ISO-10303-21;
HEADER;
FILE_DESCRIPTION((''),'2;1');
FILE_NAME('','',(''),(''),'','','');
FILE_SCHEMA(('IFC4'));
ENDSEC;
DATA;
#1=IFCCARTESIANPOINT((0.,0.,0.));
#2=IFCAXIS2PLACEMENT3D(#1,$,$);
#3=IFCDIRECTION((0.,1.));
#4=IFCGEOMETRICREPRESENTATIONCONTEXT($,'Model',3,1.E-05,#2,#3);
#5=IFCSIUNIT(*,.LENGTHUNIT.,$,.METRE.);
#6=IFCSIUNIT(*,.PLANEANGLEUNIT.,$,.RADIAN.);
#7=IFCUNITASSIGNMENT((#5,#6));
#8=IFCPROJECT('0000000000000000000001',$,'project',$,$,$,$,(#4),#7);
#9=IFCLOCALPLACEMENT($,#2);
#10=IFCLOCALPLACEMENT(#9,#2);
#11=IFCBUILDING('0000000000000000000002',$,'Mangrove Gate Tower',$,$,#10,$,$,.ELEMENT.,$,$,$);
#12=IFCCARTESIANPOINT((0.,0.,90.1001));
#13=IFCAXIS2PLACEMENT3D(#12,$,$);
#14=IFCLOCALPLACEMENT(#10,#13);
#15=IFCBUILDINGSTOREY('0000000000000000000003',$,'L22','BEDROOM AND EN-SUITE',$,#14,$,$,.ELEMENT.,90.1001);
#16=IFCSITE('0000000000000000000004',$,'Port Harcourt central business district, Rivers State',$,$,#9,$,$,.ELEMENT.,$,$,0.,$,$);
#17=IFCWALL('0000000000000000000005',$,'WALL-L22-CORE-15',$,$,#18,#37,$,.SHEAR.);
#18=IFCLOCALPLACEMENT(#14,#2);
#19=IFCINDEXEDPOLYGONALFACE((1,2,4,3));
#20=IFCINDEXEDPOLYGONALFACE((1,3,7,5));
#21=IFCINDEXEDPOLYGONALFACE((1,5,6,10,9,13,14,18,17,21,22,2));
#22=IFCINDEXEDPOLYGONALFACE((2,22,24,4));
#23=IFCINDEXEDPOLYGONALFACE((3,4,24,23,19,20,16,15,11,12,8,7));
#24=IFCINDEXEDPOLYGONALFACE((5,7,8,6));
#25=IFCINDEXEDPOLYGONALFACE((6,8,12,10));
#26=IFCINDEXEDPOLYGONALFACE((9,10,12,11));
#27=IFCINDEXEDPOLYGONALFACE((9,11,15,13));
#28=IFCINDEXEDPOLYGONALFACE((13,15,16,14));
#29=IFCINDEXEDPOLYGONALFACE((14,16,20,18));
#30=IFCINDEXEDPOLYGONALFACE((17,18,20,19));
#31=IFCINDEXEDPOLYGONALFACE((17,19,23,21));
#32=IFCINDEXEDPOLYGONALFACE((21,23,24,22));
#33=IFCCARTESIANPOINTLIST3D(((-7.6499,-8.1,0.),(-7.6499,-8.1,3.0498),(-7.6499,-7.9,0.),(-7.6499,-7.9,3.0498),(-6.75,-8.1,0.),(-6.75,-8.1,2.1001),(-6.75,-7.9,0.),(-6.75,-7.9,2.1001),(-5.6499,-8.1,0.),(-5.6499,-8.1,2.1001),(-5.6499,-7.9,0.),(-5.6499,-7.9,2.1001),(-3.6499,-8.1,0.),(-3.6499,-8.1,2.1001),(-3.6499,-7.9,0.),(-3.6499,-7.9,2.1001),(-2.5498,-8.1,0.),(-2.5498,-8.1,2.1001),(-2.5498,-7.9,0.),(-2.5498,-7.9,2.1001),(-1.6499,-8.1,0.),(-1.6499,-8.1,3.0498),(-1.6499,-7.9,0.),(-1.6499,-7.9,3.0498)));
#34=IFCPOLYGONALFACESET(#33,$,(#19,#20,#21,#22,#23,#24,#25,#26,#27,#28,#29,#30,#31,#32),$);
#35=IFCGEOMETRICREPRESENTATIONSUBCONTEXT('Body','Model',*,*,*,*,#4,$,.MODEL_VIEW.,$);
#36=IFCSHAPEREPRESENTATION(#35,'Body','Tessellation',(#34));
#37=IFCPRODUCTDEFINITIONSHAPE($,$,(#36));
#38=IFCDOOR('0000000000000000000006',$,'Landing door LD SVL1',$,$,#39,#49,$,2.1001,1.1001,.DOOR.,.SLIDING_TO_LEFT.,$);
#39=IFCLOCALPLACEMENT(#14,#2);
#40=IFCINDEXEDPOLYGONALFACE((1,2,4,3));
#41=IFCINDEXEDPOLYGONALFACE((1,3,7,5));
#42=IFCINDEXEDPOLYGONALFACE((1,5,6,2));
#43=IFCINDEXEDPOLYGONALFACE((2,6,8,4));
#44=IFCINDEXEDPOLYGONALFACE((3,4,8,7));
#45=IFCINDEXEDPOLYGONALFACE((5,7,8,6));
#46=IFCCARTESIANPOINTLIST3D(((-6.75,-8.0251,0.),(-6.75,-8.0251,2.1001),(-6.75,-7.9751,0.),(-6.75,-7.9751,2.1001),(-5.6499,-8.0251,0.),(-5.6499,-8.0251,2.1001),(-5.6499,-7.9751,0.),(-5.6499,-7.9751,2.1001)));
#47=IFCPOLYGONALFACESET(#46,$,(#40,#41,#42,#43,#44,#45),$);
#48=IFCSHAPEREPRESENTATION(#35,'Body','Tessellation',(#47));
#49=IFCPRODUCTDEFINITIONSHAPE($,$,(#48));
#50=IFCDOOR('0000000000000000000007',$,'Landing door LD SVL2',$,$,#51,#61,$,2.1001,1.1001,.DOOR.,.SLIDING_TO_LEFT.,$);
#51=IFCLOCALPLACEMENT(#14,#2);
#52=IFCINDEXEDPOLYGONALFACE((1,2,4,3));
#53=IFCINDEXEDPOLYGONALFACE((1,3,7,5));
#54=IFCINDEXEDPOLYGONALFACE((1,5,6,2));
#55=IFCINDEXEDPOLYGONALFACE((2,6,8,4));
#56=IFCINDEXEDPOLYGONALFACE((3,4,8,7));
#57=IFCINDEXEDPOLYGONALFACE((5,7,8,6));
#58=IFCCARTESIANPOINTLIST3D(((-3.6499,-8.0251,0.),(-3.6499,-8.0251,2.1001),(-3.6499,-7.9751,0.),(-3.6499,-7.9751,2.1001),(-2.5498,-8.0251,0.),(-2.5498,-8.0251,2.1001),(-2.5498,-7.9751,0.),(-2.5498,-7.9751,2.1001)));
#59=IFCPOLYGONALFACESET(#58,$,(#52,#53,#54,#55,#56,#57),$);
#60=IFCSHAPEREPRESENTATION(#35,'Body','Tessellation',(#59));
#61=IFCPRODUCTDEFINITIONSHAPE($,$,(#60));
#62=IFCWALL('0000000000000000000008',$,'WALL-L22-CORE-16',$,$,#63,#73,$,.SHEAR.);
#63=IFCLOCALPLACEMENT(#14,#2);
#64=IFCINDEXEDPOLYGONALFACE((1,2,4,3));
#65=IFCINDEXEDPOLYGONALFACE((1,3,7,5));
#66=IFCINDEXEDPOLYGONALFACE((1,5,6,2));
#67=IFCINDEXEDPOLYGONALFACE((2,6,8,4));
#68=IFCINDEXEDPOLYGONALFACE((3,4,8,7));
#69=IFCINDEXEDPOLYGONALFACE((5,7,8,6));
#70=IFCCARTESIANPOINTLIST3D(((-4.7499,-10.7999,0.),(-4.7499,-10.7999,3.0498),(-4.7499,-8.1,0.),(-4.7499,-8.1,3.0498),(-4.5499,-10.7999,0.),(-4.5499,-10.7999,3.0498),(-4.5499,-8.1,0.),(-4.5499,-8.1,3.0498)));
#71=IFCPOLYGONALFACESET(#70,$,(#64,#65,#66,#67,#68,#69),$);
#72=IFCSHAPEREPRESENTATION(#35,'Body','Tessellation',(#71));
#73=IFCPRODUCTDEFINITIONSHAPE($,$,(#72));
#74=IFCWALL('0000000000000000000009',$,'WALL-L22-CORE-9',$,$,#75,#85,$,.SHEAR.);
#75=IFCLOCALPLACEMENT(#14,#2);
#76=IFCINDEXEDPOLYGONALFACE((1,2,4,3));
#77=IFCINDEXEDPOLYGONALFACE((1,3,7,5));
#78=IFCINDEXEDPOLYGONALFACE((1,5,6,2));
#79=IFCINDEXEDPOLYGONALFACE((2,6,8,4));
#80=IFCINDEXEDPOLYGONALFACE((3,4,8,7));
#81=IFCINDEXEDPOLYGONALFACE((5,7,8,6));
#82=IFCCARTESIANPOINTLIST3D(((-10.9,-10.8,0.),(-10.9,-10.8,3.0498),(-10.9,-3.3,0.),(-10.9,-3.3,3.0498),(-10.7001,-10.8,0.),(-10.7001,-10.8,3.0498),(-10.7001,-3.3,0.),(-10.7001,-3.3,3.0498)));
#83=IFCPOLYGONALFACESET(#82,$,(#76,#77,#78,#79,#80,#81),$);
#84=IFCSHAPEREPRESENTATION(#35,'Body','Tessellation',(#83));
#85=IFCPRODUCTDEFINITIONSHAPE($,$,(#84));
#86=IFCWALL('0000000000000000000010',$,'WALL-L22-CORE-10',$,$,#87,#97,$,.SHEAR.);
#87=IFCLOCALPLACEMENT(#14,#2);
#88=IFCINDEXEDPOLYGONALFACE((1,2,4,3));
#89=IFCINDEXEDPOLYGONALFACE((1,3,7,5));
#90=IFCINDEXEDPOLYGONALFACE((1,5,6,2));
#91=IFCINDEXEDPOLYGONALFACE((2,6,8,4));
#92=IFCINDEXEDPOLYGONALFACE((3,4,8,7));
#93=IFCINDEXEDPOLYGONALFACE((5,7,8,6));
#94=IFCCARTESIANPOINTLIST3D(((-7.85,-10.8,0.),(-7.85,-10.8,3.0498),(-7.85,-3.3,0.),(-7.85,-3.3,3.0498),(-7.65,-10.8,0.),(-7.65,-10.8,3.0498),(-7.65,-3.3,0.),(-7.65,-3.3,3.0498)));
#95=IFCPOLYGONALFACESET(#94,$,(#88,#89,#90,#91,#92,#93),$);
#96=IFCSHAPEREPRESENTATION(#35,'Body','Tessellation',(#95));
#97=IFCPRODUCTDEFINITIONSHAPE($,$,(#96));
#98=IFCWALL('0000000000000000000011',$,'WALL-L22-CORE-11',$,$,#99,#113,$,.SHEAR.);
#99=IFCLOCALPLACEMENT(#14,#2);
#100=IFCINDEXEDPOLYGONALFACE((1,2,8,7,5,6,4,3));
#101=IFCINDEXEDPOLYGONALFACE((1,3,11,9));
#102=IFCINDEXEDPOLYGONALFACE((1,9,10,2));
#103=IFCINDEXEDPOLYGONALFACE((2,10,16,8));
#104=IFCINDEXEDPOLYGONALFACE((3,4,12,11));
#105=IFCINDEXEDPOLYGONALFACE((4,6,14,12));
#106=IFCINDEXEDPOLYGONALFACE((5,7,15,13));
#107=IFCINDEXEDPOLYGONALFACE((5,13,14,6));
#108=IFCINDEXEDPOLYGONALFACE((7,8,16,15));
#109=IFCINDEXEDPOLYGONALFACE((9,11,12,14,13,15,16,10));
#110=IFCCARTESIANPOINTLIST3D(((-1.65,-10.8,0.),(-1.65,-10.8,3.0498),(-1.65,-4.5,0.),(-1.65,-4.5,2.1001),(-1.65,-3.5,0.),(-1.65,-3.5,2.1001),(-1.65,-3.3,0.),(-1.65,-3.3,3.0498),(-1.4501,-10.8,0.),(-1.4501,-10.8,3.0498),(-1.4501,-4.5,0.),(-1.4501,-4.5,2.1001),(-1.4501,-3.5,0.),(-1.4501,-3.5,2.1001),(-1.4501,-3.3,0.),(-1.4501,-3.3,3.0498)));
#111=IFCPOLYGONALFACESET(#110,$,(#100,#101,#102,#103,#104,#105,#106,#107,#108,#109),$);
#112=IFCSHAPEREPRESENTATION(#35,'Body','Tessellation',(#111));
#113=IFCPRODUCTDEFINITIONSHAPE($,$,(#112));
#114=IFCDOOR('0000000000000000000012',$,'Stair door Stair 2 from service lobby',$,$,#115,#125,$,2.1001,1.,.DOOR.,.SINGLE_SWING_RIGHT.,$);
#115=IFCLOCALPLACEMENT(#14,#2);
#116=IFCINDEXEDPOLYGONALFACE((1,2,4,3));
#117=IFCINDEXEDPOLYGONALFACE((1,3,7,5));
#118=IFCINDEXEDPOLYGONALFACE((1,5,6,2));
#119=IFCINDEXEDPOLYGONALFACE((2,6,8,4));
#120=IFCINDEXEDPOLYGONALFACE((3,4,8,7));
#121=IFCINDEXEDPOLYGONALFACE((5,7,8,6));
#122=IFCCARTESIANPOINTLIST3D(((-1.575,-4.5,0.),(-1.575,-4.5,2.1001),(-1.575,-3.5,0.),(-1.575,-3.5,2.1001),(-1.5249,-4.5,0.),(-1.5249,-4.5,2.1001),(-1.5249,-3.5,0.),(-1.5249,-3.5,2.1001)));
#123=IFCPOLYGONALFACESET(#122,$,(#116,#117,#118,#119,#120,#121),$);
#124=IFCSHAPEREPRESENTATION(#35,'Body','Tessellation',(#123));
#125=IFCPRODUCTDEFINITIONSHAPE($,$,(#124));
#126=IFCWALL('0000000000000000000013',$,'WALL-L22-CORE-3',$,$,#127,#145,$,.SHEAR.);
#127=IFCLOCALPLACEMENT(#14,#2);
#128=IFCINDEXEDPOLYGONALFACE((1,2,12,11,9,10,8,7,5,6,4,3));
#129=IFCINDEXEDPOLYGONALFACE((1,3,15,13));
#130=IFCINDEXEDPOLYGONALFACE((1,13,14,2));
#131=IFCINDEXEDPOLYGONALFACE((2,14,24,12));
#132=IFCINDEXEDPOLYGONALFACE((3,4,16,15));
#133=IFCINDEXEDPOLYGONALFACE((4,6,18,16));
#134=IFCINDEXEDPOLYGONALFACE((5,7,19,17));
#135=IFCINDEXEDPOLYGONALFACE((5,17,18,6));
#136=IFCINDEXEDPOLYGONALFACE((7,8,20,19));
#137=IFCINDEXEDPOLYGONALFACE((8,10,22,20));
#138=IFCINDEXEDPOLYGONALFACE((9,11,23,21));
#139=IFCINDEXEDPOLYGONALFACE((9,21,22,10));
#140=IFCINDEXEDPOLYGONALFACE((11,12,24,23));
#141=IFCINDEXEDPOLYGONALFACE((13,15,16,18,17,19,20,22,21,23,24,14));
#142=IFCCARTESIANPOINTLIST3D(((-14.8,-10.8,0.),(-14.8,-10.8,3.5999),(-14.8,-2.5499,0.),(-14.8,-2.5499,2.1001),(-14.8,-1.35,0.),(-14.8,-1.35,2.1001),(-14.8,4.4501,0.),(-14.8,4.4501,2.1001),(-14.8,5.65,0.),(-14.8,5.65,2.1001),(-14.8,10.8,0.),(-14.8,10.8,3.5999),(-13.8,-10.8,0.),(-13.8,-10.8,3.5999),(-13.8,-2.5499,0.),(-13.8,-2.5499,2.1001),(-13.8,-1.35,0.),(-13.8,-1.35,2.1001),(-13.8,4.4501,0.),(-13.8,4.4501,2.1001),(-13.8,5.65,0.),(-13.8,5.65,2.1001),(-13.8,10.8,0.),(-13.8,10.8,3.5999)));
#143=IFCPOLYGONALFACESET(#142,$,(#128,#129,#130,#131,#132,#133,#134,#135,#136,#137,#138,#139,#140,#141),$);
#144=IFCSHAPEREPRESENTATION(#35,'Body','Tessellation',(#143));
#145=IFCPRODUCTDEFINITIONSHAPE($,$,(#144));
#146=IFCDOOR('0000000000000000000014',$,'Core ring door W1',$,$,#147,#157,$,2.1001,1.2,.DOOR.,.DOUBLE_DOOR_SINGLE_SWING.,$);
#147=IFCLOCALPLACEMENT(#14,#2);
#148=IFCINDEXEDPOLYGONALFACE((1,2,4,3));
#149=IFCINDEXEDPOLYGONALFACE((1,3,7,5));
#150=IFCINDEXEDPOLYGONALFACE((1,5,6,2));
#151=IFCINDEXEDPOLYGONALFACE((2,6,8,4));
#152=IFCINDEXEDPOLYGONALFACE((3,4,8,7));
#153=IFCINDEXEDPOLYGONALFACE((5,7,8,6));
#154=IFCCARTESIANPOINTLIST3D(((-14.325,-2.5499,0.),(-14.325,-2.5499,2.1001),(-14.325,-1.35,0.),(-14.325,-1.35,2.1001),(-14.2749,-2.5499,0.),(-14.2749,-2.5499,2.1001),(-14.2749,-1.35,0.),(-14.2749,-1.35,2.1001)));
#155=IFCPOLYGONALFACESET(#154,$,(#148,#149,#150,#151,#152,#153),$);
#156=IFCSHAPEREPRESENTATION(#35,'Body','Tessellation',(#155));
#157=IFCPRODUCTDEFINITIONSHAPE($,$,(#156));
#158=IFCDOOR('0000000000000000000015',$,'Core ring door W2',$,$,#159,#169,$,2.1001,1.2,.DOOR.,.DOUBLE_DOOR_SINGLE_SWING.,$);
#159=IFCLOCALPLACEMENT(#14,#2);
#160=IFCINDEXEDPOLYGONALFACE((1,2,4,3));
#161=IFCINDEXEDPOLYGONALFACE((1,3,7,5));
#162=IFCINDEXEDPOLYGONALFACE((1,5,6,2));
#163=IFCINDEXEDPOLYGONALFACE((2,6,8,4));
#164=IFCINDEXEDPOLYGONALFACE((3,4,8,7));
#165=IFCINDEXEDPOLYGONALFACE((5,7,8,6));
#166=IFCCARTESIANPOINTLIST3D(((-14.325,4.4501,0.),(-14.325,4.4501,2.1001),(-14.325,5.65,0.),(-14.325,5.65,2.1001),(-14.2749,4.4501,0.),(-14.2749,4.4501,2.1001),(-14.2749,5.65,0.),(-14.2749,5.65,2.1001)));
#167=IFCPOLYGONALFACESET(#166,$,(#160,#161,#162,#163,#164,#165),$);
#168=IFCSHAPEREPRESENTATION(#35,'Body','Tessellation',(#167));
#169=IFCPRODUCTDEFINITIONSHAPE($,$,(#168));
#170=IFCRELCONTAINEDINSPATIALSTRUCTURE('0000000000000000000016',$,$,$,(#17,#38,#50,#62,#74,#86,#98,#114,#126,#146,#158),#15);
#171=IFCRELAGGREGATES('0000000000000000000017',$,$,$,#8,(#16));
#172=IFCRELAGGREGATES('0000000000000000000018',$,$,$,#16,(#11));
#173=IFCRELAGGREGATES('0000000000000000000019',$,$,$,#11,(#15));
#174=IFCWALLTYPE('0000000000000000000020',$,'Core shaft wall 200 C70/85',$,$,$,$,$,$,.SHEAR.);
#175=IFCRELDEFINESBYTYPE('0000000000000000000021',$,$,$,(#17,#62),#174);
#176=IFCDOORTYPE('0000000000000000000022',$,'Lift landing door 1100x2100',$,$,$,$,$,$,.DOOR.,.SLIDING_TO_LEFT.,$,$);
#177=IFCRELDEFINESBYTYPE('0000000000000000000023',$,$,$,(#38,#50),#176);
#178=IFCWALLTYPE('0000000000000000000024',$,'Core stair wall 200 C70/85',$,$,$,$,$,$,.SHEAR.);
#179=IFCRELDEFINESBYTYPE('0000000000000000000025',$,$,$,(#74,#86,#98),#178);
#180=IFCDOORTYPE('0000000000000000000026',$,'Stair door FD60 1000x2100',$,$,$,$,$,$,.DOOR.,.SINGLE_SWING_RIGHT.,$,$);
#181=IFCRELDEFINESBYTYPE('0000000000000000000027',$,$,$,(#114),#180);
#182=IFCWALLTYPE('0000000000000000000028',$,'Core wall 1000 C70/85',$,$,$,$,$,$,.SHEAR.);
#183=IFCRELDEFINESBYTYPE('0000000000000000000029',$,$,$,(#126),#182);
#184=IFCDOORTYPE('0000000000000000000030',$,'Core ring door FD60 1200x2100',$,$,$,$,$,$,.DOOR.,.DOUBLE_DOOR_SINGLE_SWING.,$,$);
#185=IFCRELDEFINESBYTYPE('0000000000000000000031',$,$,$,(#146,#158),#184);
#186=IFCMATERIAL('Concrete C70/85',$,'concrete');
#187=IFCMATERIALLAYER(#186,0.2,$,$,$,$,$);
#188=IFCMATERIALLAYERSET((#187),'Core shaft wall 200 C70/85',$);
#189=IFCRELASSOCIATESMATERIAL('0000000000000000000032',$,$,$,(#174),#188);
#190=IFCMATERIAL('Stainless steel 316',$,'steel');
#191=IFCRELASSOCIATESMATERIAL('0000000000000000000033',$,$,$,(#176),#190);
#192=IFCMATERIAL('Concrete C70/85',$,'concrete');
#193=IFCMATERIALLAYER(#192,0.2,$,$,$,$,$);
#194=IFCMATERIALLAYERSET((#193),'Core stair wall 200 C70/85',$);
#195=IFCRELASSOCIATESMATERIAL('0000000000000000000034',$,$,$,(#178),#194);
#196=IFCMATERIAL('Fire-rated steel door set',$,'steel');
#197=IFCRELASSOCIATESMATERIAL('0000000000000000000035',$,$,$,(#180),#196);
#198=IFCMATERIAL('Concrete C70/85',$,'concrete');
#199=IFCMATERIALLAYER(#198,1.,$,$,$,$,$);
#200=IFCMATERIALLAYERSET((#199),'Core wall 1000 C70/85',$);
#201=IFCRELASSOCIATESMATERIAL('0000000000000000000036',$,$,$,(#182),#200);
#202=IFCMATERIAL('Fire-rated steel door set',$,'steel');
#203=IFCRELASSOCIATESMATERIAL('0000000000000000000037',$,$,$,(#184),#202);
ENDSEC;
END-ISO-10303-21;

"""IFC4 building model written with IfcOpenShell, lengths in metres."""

from ifc_helpers import new_model, si_unit, direction, frame, frame_2d, origin, place, context, subcontext, project, spatial, rectangle, extrude, material, layer, layer_set, type_object, element, fill, save


model = new_model("IFC4")

# Units and contexts
model_context = context("Model", 3, precision=1e-05, world=origin(), true_north=direction((0.0, 1.0)))
body_context = subcontext(model_context, "Body", "Model", "MODEL_VIEW")
ifc_project = project(units=[si_unit("LENGTHUNIT", "METRE"), si_unit("PLANEANGLEUNIT", "RADIAN")], contexts=[model_context])

# Site, building, storey
site_placement = place(None, origin())
site = spatial("IfcSite", under=ifc_project, at=site_placement, Name="Port Harcourt central business district, Rivers State", CompositionType="ELEMENT", RefElevation=0.0)
building_placement = place(site_placement, origin())
building = spatial("IfcBuilding", under=site, at=building_placement, Name="Mangrove Gate Tower", CompositionType="ELEMENT")
storey_placement = place(building_placement, frame((0.0, 0.0, 90.1001)))
storey = spatial("IfcBuildingStorey", under=building, at=storey_placement, Name="L22", Description="BEDROOM AND EN-SUITE", CompositionType="ELEMENT", Elevation=90.1001)

# Wall, openings, doors
ifc_material_1 = material(Name="Concrete C70/85", Category="concrete")
ifc_layer_1 = layer(ifc_material_1, 0.2)
ifc_layer_set_1 = layer_set([ifc_layer_1], Name="Core shaft wall 200 C70/85")
wall_type_1 = type_object("IfcWallType", Name="Core shaft wall 200 C70/85", PredefinedType="SHEAR", material=ifc_layer_set_1)
wall_1_placement = place(storey_placement, frame((-7.6499, -8.0, 0.0), z_axis=(0.0, 0.0, 1.0), x_axis=(1.0, 0.0, 0.0)))
wall_1 = element("IfcWall", 1, at=wall_1_placement, inside=storey, type_object=wall_type_1, Name="WALL-L22-CORE-15", PredefinedType="SHEAR", context=body_context, shape_type="SweptSolid", body=[
    extrude(rectangle(XDim=6.0, YDim=0.2, at=frame_2d((3.0, 0.0))), origin(), (0.0, 0.0, 1.0), 3.0498),
])
opening_1_placement = place(wall_1_placement, frame((0.8999, 0.0, 0.0)))
opening_1 = element("IfcOpeningElement", 2, at=opening_1_placement, cuts=wall_1, PredefinedType="OPENING", context=body_context, shape_type="SweptSolid", body=[
    extrude(rectangle(XDim=1.1001, YDim=2.1001, at=frame_2d((0.55, 1.05))), frame((0.0, 0.1099, 0.0), z_axis=(0.0, -1.0, 0.0), x_axis=(1.0, 0.0, 0.0)), (0.0, 0.0, 1.0), 0.22),
])
opening_2_placement = place(wall_1_placement, frame((4.0, 0.0, 0.0)))
opening_2 = element("IfcOpeningElement", 3, at=opening_2_placement, cuts=wall_1, PredefinedType="OPENING", context=body_context, shape_type="SweptSolid", body=[
    extrude(rectangle(XDim=1.1001, YDim=2.1001, at=frame_2d((0.55, 1.05))), frame((0.0, 0.1099, 0.0), z_axis=(0.0, -1.0, 0.0), x_axis=(1.0, 0.0, 0.0)), (0.0, 0.0, 1.0), 0.22),
])
ifc_material_2 = material(Name="Stainless steel 316", Category="steel")
door_type_1 = type_object("IfcDoorType", Name="Lift landing door 1100x2100", OperationType="SLIDING_TO_LEFT", PredefinedType="DOOR", material=ifc_material_2)
door_1_placement = place(opening_1_placement, origin())
door_1 = element("IfcDoor", 4, at=door_1_placement, inside=storey, type_object=door_type_1, Name="Landing door LD SVL1", OperationType="SLIDING_TO_LEFT", OverallHeight=2.1001, OverallWidth=1.1001, PredefinedType="DOOR", context=body_context, shape_type="SweptSolid", body=[
    extrude(rectangle(XDim=1.1001, YDim=2.1001, at=frame_2d((0.55, 1.05))), frame((0.0, 0.0249, 0.0), z_axis=(0.0, -1.0, 0.0), x_axis=(1.0, 0.0, 0.0)), (0.0, 0.0, 1.0), 0.05),
])
fill(opening_1, door_1)
door_2_placement = place(opening_2_placement, origin())
door_2 = element("IfcDoor", 5, at=door_2_placement, inside=storey, type_object=door_type_1, Name="Landing door LD SVL2", OperationType="SLIDING_TO_LEFT", OverallHeight=2.1001, OverallWidth=1.1001, PredefinedType="DOOR", context=body_context, shape_type="SweptSolid", body=[
    extrude(rectangle(XDim=1.1001, YDim=2.1001, at=frame_2d((0.55, 1.05))), frame((0.0, 0.0249, 0.0), z_axis=(0.0, -1.0, 0.0), x_axis=(1.0, 0.0, 0.0)), (0.0, 0.0, 1.0), 0.05),
])
fill(opening_2, door_2)

# Walls
wall_2_placement = place(storey_placement, frame((-4.6499, -10.8, 0.0), z_axis=(0.0, 0.0, 1.0), x_axis=(0.0, 1.0, 0.0)))
element("IfcWall", 6, at=wall_2_placement, inside=storey, type_object=wall_type_1, Name="WALL-L22-CORE-16", PredefinedType="SHEAR", context=body_context, shape_type="SweptSolid", body=[
    extrude(rectangle(XDim=2.7, YDim=0.2, at=frame_2d((1.3501, 0.0))), origin(), (0.0, 0.0, 1.0), 3.0498),
])
ifc_material_3 = material(Name="Concrete C70/85", Category="concrete")
ifc_layer_2 = layer(ifc_material_3, 0.2)
ifc_layer_set_2 = layer_set([ifc_layer_2], Name="Core stair wall 200 C70/85")
wall_type_2 = type_object("IfcWallType", Name="Core stair wall 200 C70/85", PredefinedType="SHEAR", material=ifc_layer_set_2)
for number, where, z_axis, x_axis, name in (
    (7, (-10.8, -10.8, 0.0), (0.0, 0.0, 1.0), (0.0, 1.0, 0.0), "WALL-L22-CORE-9"),
    (8, (-7.75, -10.8, 0.0), (0.0, 0.0, 1.0), (0.0, 1.0, 0.0), "WALL-L22-CORE-10"),
):
    element("IfcWall", number, at=place(storey_placement, frame(where, z_axis=z_axis, x_axis=x_axis)), inside=storey, type_object=wall_type_2, Name=name, PredefinedType="SHEAR", context=body_context, shape_type="SweptSolid", body=[
        extrude(rectangle(XDim=7.5, YDim=0.2, at=frame_2d((3.75, 0.0))), origin(), (0.0, 0.0, 1.0), 3.0498),
    ])

# Wall, opening, door
wall_3_placement = place(storey_placement, frame((-1.55, -10.8, 0.0), z_axis=(0.0, 0.0, 1.0), x_axis=(0.0, 1.0, 0.0)))
wall_3 = element("IfcWall", 9, at=wall_3_placement, inside=storey, type_object=wall_type_2, Name="WALL-L22-CORE-11", PredefinedType="SHEAR", context=body_context, shape_type="SweptSolid", body=[
    extrude(rectangle(XDim=7.5, YDim=0.2, at=frame_2d((3.75, 0.0))), origin(), (0.0, 0.0, 1.0), 3.0498),
])
opening_3_placement = place(wall_3_placement, frame((6.3, 0.0, 0.0)))
opening_3 = element("IfcOpeningElement", 10, at=opening_3_placement, cuts=wall_3, PredefinedType="OPENING", context=body_context, shape_type="SweptSolid", body=[
    extrude(rectangle(XDim=1.0, YDim=2.1001, at=frame_2d((0.5, 1.05))), frame((0.0, 0.1099, 0.0), z_axis=(0.0, -1.0, 0.0), x_axis=(1.0, 0.0, 0.0)), (0.0, 0.0, 1.0), 0.22),
])
ifc_material_4 = material(Name="Fire-rated steel door set", Category="steel")
door_type_2 = type_object("IfcDoorType", Name="Stair door FD60 1000x2100", OperationType="SINGLE_SWING_RIGHT", PredefinedType="DOOR", material=ifc_material_4)
door_3_placement = place(opening_3_placement, origin())
door_3 = element("IfcDoor", 11, at=door_3_placement, inside=storey, type_object=door_type_2, Name="Stair door Stair 2 from service lobby", OperationType="SINGLE_SWING_RIGHT", OverallHeight=2.1001, OverallWidth=1.0, PredefinedType="DOOR", context=body_context, shape_type="SweptSolid", body=[
    extrude(rectangle(XDim=1.0, YDim=2.1001, at=frame_2d((0.5, 1.05))), frame((0.0, 0.0249, 0.0), z_axis=(0.0, -1.0, 0.0), x_axis=(1.0, 0.0, 0.0)), (0.0, 0.0, 1.0), 0.05),
])
fill(opening_3, door_3)

# Wall, openings, doors
ifc_material_5 = material(Name="Concrete C70/85", Category="concrete")
ifc_layer_3 = layer(ifc_material_5, 1.0)
ifc_layer_set_3 = layer_set([ifc_layer_3], Name="Core wall 1000 C70/85")
wall_type_3 = type_object("IfcWallType", Name="Core wall 1000 C70/85", PredefinedType="SHEAR", material=ifc_layer_set_3)
wall_4_placement = place(storey_placement, frame((-14.3, -10.8, 0.0), z_axis=(0.0, 0.0, 1.0), x_axis=(0.0, 1.0, 0.0)))
wall_4 = element("IfcWall", 12, at=wall_4_placement, inside=storey, type_object=wall_type_3, Name="WALL-L22-CORE-3", PredefinedType="SHEAR", context=body_context, shape_type="SweptSolid", body=[
    extrude(rectangle(XDim=21.6001, YDim=1.0, at=frame_2d((10.8, 0.0))), origin(), (0.0, 0.0, 1.0), 3.5999),
])
opening_4_placement = place(wall_4_placement, frame((8.25, 0.0, 0.0)))
opening_4 = element("IfcOpeningElement", 13, at=opening_4_placement, cuts=wall_4, PredefinedType="OPENING", context=body_context, shape_type="SweptSolid", body=[
    extrude(rectangle(XDim=1.2, YDim=2.1001, at=frame_2d((0.6001, 1.05))), frame((0.0, 0.51, 0.0), z_axis=(0.0, -1.0, 0.0), x_axis=(1.0, 0.0, 0.0)), (0.0, 0.0, 1.0), 1.02),
])
opening_5_placement = place(wall_4_placement, frame((15.25, 0.0, 0.0)))
opening_5 = element("IfcOpeningElement", 14, at=opening_5_placement, cuts=wall_4, PredefinedType="OPENING", context=body_context, shape_type="SweptSolid", body=[
    extrude(rectangle(XDim=1.2, YDim=2.1001, at=frame_2d((0.6001, 1.05))), frame((0.0, 0.51, 0.0), z_axis=(0.0, -1.0, 0.0), x_axis=(1.0, 0.0, 0.0)), (0.0, 0.0, 1.0), 1.02),
])
ifc_material_6 = material(Name="Fire-rated steel door set", Category="steel")
door_type_3 = type_object("IfcDoorType", Name="Core ring door FD60 1200x2100", OperationType="DOUBLE_DOOR_SINGLE_SWING", PredefinedType="DOOR", material=ifc_material_6)
door_4_placement = place(opening_4_placement, origin())
door_4 = element("IfcDoor", 15, at=door_4_placement, inside=storey, type_object=door_type_3, Name="Core ring door W1", OperationType="DOUBLE_DOOR_SINGLE_SWING", OverallHeight=2.1001, OverallWidth=1.2, PredefinedType="DOOR", context=body_context, shape_type="SweptSolid", body=[
    extrude(rectangle(XDim=1.2, YDim=2.1001, at=frame_2d((0.6001, 1.05))), frame((0.0, 0.0249, 0.0), z_axis=(0.0, -1.0, 0.0), x_axis=(1.0, 0.0, 0.0)), (0.0, 0.0, 1.0), 0.05),
])
fill(opening_4, door_4)
door_5_placement = place(opening_5_placement, origin())
door_5 = element("IfcDoor", 16, at=door_5_placement, inside=storey, type_object=door_type_3, Name="Core ring door W2", OperationType="DOUBLE_DOOR_SINGLE_SWING", OverallHeight=2.1001, OverallWidth=1.2, PredefinedType="DOOR", context=body_context, shape_type="SweptSolid", body=[
    extrude(rectangle(XDim=1.2, YDim=2.1001, at=frame_2d((0.6001, 1.05))), frame((0.0, 0.0249, 0.0), z_axis=(0.0, -1.0, 0.0), x_axis=(1.0, 0.0, 0.0)), (0.0, 0.0, 1.0), 0.05),
])
fill(opening_5, door_5)

save(model, "model.ifc")
